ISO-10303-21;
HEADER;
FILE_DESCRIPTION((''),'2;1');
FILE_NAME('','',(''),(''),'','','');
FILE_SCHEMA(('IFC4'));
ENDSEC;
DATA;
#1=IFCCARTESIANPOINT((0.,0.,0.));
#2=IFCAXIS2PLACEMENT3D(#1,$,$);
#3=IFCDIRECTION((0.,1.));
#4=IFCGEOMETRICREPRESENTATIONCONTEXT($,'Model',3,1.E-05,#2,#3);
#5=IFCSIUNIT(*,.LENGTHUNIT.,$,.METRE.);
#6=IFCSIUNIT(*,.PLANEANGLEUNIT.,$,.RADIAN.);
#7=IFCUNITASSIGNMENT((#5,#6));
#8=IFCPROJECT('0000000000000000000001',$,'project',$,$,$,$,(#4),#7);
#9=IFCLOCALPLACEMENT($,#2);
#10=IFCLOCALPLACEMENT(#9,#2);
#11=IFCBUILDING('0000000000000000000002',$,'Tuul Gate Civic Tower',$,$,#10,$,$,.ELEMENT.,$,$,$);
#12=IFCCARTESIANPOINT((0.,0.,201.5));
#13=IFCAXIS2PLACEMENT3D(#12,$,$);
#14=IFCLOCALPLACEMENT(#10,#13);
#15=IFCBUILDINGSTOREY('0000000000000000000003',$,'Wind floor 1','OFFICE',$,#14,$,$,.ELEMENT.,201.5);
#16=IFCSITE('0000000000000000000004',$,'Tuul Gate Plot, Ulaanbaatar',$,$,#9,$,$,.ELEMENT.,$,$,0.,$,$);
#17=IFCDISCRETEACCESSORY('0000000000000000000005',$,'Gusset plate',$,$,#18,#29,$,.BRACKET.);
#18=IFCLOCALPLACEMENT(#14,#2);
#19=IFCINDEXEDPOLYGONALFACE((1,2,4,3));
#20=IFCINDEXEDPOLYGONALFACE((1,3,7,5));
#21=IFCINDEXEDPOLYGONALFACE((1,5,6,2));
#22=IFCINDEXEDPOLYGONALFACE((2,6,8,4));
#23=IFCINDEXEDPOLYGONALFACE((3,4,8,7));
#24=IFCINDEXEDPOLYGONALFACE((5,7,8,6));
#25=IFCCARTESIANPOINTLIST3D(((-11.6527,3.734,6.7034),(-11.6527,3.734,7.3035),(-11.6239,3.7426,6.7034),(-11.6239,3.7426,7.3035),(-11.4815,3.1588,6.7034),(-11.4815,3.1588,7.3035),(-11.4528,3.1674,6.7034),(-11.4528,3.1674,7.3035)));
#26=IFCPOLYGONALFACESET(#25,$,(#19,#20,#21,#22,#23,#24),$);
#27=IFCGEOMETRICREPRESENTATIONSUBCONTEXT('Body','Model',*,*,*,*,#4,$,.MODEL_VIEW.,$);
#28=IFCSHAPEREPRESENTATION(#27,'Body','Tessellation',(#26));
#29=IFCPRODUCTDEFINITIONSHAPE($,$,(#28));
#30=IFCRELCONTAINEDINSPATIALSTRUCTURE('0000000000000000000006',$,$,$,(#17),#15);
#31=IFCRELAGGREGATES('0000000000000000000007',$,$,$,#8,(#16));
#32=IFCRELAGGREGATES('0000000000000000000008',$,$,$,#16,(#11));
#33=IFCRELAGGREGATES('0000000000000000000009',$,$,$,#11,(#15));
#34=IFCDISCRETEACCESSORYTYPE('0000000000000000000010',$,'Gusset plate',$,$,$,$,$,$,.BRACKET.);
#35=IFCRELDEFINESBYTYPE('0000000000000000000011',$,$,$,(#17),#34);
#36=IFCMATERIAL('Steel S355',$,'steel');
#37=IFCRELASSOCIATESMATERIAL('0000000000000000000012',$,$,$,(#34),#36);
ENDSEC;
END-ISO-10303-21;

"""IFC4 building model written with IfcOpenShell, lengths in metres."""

from ifc_helpers import new_model, si_unit, direction, frame, origin, origin_2d, place, context, subcontext, project, spatial, rectangle, extrude, material, type_object, element, save


model = new_model("IFC4")

# Units and contexts
model_context = context("Model", 3, precision=1e-05, world=origin(), true_north=direction((0.0, 1.0)))
body_context = subcontext(model_context, "Body", "Model", "MODEL_VIEW")
ifc_project = project(units=[si_unit("LENGTHUNIT", "METRE"), si_unit("PLANEANGLEUNIT", "RADIAN")], contexts=[model_context])

# Site, building, storey
site_placement = place(None, origin())
site = spatial("IfcSite", under=ifc_project, at=site_placement, Name="Tuul Gate Plot, Ulaanbaatar", CompositionType="ELEMENT", RefElevation=0.0)
building_placement = place(site_placement, origin())
building = spatial("IfcBuilding", under=site, at=building_placement, Name="Tuul Gate Civic Tower", CompositionType="ELEMENT")
storey_placement = place(building_placement, frame((0.0, 0.0, 201.5)))
storey = spatial("IfcBuildingStorey", under=building, at=storey_placement, Name="Wind floor 1", Description="OFFICE", CompositionType="ELEMENT", Elevation=201.5)

# Discrete accessory
ifc_material_1 = material(Name="Steel S355", Category="steel")
discrete_accessory_type = type_object("IfcDiscreteAccessoryType", Name="Gusset plate", PredefinedType="BRACKET", material=ifc_material_1)
discrete_accessory_placement = place(storey_placement, frame((-11.5527, 3.4507, 6.7034), z_axis=(0.0, 0.0, 1.0), x_axis=(-0.285212, 0.958464, 0.0)))
element("IfcDiscreteAccessory", 1, at=discrete_accessory_placement, inside=storey, type_object=discrete_accessory_type, Name="Gusset plate", PredefinedType="BRACKET", context=body_context, shape_type="SweptSolid", body=[
    extrude(rectangle(XDim=0.6001, YDim=0.03, at=origin_2d()), origin(), (0.0, 0.0, 1.0), 0.6001),
])

save(model, "model.ifc")
